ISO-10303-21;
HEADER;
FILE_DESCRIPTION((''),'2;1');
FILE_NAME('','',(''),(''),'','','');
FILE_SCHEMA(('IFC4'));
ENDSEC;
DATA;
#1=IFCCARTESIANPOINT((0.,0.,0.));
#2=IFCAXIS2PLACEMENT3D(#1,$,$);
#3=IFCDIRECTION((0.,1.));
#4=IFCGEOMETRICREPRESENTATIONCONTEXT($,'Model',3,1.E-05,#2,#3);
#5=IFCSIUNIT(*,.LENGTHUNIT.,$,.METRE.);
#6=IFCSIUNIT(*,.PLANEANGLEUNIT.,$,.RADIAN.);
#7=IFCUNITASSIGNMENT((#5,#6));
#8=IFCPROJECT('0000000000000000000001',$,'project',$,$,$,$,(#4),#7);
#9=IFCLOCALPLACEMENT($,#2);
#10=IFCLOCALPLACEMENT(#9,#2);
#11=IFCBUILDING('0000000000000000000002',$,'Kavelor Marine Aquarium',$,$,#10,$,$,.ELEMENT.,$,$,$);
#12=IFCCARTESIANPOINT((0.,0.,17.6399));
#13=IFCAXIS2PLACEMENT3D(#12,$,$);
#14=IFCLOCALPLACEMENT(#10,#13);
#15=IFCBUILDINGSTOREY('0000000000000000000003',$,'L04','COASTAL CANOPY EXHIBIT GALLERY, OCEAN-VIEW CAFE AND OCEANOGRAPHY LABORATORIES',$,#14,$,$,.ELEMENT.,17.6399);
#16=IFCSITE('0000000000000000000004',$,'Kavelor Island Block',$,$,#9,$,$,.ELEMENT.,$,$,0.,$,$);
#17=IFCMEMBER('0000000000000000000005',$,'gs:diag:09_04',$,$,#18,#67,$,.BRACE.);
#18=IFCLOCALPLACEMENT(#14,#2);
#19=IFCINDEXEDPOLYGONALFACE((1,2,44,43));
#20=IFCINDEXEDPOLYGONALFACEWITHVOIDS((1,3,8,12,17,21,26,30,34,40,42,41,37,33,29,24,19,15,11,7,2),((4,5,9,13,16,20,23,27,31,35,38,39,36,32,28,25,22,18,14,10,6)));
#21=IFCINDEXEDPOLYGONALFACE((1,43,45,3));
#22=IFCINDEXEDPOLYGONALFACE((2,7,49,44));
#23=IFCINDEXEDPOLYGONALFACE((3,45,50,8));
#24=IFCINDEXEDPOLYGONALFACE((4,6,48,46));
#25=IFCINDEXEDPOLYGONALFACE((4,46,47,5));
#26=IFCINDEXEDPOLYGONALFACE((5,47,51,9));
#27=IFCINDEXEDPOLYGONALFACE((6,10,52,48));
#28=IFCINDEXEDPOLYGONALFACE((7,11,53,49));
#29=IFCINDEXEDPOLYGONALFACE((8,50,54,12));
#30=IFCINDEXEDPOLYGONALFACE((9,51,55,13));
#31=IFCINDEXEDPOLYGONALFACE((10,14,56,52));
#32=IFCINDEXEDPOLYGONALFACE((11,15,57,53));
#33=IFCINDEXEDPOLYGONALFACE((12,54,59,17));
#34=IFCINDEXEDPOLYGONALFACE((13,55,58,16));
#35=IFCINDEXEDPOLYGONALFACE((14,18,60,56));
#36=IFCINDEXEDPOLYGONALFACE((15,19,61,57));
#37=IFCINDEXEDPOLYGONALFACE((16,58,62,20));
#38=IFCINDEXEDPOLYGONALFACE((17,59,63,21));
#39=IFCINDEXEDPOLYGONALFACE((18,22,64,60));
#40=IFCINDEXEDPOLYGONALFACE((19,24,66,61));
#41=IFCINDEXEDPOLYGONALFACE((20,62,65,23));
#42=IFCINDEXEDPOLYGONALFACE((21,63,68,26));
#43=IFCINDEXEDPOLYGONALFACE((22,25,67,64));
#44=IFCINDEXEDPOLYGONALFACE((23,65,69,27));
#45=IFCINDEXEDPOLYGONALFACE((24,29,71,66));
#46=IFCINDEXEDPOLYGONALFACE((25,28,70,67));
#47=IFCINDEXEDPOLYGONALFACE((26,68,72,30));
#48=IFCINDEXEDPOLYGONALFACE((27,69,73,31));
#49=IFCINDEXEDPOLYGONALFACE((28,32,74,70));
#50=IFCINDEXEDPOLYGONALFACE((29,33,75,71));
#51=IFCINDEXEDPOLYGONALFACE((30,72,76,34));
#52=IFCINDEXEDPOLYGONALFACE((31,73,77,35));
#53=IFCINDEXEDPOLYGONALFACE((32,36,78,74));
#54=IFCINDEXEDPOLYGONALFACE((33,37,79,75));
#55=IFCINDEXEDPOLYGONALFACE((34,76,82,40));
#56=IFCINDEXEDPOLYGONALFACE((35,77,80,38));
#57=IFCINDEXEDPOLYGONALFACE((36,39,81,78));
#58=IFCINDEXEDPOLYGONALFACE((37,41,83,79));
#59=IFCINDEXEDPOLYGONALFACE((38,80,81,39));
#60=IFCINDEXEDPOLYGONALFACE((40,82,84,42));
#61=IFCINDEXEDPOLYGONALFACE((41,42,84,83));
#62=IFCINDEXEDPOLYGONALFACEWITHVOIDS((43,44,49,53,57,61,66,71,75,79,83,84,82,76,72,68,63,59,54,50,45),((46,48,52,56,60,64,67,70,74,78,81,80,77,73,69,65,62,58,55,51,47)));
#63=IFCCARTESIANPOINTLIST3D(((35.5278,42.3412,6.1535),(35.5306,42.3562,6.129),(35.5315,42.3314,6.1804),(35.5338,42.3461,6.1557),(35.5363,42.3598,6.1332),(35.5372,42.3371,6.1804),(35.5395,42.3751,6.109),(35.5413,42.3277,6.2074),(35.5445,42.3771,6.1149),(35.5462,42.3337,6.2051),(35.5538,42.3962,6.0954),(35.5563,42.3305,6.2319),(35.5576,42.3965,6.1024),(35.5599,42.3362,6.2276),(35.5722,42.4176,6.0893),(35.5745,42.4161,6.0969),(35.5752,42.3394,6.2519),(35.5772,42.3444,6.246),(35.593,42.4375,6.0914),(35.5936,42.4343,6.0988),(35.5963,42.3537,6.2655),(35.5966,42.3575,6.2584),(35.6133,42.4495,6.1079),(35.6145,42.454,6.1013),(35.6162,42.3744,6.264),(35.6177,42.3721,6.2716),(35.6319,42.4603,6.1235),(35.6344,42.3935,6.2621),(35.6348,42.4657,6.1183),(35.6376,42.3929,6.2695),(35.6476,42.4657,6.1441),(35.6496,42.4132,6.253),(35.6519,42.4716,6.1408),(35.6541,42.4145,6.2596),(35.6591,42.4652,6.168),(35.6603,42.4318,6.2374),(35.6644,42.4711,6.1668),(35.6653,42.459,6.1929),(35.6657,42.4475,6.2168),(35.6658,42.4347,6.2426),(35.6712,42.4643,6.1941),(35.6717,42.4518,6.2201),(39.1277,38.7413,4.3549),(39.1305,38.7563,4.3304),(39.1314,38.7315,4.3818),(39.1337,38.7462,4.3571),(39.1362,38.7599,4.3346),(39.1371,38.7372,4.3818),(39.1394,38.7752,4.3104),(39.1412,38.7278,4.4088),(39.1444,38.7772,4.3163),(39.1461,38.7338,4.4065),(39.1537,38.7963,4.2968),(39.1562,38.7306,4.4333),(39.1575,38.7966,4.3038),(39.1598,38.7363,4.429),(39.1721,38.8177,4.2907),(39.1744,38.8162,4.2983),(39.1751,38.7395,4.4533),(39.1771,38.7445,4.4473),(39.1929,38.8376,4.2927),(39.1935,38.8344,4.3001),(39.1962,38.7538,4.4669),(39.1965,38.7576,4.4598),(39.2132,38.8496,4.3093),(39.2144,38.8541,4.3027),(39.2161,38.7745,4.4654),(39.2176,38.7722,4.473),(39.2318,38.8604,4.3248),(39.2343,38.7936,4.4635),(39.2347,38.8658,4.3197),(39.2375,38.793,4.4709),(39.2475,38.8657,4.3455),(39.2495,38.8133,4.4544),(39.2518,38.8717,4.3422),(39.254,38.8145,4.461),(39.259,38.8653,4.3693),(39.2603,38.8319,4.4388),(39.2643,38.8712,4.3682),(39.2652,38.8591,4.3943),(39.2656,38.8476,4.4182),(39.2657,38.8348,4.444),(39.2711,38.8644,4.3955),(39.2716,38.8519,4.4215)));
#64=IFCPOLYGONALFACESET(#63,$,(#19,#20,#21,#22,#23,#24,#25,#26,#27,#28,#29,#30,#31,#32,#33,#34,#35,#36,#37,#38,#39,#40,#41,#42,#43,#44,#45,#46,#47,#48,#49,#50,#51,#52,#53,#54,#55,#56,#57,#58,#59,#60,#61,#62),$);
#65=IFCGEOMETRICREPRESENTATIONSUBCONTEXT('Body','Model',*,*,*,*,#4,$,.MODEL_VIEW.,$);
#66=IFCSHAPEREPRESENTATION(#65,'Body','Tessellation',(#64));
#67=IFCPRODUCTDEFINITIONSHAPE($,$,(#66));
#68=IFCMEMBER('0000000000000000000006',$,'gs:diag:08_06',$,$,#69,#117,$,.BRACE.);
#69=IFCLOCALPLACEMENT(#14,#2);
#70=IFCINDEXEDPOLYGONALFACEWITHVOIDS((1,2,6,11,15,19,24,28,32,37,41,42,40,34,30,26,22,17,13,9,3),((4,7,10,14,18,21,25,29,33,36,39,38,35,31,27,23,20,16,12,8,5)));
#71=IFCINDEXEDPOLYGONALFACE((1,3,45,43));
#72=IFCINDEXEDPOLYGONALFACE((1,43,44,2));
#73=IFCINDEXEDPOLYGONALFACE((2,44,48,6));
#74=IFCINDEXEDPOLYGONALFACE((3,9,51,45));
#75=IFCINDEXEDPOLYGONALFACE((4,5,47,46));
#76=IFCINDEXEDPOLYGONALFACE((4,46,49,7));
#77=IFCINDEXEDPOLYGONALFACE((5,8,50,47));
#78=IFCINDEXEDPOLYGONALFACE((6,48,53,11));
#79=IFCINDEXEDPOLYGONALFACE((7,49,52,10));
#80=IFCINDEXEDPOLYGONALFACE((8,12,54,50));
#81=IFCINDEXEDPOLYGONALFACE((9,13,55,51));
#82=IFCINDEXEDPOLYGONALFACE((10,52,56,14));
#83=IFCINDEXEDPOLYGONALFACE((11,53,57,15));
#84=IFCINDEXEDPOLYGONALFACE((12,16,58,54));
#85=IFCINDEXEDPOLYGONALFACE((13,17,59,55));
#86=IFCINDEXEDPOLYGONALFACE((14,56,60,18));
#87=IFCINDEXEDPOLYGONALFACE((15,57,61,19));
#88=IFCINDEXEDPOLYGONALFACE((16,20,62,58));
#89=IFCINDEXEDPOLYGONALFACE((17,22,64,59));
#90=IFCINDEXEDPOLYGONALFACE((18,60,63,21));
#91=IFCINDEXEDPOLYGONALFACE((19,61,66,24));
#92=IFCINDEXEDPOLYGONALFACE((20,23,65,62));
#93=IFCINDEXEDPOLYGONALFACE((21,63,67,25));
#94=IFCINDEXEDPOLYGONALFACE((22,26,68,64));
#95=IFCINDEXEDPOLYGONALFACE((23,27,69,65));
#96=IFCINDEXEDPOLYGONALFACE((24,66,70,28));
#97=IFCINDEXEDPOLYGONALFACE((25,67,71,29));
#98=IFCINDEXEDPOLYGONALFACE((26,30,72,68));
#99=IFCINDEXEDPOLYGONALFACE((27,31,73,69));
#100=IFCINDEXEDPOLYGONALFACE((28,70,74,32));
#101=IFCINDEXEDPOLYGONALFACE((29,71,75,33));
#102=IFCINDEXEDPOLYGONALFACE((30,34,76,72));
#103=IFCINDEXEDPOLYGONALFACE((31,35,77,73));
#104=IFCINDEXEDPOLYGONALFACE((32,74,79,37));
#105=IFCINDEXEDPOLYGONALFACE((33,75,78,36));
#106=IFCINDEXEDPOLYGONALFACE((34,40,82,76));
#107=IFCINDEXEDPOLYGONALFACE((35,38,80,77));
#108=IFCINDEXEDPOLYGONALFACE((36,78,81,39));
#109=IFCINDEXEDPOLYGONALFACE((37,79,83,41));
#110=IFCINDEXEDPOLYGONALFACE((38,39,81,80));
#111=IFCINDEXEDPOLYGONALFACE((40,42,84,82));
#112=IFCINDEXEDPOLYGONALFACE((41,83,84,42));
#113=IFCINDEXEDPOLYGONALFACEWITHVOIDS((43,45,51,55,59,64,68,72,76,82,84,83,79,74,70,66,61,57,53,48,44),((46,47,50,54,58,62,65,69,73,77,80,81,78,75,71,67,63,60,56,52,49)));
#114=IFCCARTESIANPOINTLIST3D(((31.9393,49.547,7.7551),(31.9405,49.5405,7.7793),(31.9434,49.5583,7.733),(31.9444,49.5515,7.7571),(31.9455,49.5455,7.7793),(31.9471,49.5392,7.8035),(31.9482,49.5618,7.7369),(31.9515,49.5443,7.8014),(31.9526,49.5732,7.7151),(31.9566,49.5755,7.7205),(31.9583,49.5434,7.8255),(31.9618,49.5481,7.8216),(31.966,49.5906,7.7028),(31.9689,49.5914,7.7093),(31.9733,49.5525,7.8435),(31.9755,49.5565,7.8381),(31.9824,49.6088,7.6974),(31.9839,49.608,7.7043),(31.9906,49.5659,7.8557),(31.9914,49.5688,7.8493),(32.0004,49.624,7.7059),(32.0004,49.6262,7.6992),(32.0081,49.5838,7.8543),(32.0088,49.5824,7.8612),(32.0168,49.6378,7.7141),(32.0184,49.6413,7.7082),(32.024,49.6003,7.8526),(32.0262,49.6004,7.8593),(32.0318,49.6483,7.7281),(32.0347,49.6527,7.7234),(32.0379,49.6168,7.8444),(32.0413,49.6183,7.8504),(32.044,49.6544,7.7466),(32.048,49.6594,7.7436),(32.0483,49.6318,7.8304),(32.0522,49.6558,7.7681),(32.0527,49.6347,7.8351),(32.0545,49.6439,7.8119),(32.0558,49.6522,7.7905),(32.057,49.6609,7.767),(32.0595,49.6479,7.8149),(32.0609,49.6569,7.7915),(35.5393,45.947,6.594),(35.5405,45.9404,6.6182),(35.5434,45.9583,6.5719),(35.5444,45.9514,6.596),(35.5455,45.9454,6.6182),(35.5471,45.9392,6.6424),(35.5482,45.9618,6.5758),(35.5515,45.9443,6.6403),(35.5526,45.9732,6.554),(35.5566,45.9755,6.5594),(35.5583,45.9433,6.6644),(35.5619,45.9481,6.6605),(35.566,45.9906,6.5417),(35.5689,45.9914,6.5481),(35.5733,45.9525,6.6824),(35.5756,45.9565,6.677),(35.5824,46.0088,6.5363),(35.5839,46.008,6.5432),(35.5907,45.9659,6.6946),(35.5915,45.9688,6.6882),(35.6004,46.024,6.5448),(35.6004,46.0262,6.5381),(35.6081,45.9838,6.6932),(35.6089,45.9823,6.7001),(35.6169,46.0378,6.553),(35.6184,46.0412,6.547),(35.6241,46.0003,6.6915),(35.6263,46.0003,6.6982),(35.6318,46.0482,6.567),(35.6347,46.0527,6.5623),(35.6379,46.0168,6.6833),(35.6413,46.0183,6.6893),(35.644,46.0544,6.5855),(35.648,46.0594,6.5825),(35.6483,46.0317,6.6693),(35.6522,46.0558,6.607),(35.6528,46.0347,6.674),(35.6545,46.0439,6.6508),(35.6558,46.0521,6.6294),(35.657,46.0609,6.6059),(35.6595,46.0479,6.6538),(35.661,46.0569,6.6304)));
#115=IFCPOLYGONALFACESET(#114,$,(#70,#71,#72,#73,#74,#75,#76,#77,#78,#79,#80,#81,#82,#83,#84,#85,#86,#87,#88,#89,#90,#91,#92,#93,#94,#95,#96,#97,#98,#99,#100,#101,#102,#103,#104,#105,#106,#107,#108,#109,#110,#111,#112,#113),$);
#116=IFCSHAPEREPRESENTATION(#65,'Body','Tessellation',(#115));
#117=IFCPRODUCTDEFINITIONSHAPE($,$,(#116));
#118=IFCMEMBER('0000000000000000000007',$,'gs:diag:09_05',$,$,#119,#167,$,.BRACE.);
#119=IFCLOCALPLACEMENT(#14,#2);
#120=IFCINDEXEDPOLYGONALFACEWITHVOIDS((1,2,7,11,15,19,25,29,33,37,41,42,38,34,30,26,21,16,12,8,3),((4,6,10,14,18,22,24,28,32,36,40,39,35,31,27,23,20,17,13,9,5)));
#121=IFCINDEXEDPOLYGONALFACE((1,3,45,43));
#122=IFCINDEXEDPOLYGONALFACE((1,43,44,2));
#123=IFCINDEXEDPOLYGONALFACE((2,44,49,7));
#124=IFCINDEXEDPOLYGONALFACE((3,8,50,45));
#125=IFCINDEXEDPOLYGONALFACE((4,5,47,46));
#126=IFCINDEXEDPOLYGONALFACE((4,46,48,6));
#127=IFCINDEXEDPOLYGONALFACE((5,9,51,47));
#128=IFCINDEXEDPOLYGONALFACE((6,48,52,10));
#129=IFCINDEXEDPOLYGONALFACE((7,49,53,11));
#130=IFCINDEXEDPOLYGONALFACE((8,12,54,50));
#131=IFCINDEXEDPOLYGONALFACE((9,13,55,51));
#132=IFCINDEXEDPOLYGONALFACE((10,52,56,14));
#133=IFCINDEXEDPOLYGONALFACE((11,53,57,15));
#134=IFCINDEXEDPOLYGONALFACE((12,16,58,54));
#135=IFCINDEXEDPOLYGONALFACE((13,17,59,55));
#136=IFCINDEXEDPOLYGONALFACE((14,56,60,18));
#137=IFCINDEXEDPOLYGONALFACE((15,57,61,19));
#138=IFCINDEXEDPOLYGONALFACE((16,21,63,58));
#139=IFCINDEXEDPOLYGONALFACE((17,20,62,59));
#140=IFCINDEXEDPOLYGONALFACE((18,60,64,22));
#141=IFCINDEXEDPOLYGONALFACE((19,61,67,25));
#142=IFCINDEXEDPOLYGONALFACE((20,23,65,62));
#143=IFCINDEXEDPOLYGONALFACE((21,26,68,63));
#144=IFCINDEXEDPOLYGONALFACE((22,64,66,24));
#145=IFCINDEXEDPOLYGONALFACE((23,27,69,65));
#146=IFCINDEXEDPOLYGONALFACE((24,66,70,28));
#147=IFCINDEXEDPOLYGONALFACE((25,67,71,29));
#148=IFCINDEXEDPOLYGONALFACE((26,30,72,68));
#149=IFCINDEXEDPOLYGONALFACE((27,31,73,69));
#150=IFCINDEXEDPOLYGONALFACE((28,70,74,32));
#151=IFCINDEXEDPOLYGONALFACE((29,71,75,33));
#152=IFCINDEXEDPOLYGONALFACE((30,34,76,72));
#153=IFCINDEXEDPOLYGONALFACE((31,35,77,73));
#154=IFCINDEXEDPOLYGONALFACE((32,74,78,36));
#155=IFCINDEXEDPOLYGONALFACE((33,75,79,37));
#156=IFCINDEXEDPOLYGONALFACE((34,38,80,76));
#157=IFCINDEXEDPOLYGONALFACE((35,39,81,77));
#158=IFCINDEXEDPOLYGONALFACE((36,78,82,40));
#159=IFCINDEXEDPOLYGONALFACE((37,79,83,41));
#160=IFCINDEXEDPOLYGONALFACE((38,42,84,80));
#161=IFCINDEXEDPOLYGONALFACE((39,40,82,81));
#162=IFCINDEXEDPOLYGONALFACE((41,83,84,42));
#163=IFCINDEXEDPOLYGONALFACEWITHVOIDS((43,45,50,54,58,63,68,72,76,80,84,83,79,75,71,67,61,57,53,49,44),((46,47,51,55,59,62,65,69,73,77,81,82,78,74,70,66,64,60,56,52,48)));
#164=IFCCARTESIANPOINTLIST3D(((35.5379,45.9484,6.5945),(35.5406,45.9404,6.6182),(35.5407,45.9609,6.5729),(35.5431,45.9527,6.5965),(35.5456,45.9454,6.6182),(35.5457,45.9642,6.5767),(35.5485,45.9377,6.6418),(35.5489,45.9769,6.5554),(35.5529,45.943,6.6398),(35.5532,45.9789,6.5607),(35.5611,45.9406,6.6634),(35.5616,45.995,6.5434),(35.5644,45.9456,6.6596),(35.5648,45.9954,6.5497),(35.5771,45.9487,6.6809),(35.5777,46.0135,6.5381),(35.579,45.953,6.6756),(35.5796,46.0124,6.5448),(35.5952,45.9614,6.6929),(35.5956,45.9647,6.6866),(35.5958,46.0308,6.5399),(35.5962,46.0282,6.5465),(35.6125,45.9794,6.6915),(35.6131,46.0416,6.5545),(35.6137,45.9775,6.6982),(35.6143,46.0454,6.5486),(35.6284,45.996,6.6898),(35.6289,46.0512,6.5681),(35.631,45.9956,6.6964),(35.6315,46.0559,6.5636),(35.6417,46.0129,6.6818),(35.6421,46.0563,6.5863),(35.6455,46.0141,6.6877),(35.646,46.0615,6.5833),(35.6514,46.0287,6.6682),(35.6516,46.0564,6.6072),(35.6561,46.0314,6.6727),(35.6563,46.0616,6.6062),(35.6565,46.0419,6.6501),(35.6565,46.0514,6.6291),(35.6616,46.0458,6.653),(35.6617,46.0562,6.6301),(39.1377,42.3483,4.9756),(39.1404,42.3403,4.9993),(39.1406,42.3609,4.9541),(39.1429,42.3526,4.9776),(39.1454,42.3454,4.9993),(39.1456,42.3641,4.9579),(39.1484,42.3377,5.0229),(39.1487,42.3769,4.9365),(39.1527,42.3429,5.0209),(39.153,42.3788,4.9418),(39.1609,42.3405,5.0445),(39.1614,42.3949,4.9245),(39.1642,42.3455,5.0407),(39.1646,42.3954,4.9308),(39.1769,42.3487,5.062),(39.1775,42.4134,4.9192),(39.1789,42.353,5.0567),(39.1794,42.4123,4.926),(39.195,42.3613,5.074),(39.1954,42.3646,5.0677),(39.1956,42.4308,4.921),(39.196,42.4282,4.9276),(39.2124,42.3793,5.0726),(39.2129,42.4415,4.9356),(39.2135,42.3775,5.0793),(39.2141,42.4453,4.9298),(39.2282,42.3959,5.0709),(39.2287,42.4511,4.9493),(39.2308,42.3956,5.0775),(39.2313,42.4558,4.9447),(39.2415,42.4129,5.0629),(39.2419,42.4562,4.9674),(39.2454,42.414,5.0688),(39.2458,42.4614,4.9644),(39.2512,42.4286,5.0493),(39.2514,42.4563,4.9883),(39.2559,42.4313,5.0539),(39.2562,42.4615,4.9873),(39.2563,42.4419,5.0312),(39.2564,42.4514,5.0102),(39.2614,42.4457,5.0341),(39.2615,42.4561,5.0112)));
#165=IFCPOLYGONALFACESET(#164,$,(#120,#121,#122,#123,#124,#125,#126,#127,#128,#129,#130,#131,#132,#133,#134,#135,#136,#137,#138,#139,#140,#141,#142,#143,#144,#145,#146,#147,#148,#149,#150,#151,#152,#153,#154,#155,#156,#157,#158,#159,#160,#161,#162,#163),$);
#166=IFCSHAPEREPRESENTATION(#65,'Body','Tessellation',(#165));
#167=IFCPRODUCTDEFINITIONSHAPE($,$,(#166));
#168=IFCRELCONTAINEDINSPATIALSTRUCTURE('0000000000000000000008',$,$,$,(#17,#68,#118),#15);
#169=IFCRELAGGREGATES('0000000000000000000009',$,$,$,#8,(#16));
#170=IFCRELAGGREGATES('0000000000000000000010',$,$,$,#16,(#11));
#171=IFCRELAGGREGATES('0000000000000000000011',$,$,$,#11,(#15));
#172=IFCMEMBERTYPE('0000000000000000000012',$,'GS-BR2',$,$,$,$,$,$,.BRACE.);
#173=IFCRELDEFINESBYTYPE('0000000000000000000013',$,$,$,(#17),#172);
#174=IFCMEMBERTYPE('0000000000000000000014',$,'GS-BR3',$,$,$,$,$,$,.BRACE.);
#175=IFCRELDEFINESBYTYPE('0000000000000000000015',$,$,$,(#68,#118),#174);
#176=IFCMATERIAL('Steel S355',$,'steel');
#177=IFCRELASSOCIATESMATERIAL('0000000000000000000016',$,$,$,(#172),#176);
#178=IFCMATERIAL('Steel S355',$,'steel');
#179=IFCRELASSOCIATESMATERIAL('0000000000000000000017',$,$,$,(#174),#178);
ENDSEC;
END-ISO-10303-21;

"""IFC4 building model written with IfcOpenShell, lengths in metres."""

from ifc_helpers import new_model, si_unit, direction, frame, origin, origin_2d, place, context, subcontext, project, spatial, hollow_circle, extrude, material, material_profile, profile_set, type_object, element, save


model = new_model("IFC4")

# Units and contexts
model_context = context("Model", 3, precision=1e-05, world=origin(), true_north=direction((0.0, 1.0)))
body_context = subcontext(model_context, "Body", "Model", "MODEL_VIEW")
ifc_project = project(units=[si_unit("LENGTHUNIT", "METRE"), si_unit("PLANEANGLEUNIT", "RADIAN")], contexts=[model_context])

# Site, building, storey
site_placement = place(None, origin())
site = spatial("IfcSite", under=ifc_project, at=site_placement, Name="Kavelor Island Block", CompositionType="ELEMENT", RefElevation=0.0)
building_placement = place(site_placement, origin())
building = spatial("IfcBuilding", under=site, at=building_placement, Name="Kavelor Marine Aquarium", CompositionType="ELEMENT")
storey_placement = place(building_placement, frame((0.0, 0.0, 17.6399)))
storey = spatial("IfcBuildingStorey", under=building, at=storey_placement, Name="L04", Description="COASTAL CANOPY EXHIBIT GALLERY, OCEAN-VIEW CAFE AND OCEANOGRAPHY LABORATORIES", CompositionType="ELEMENT", Elevation=17.6399)

# Members
ifc_material_1 = material(Name="Steel S355", Category="steel")
ifc_material_profile_1 = material_profile(ifc_material_1, hollow_circle(Radius=0.0969, WallThickness=0.0081, at=origin_2d()), Name="CHS 193.7x8.0")
ifc_profile_set_1 = profile_set([ifc_material_profile_1], Name="Steel S355")
member_type_1 = type_object("IfcMemberType", Name="GS-BR2", PredefinedType="BRACE", material=ifc_profile_set_1)
member_1_placement = place(storey_placement, frame((39.2, 38.8, 4.3818), z_axis=(-0.666722, 0.666722, 0.333112), x_axis=(-0.707107, -0.707107, 0.0)))
element("IfcMember", 1, at=member_1_placement, inside=storey, type_object=member_type_1, Name="gs:diag:09_04", PredefinedType="BRACE", context=body_context, shape_type="SweptSolid", body=[
    extrude(hollow_circle(Radius=0.0969, WallThickness=0.0081, at=origin_2d()), origin(), (0.0, 0.0, 1.0), 5.3994),
])
ifc_material_2 = material(Name="Steel S355", Category="steel")
ifc_material_profile_2 = material_profile(ifc_material_2, hollow_circle(Radius=0.0842, WallThickness=0.0071, at=origin_2d()), Name="CHS 168.3x7.1")
ifc_profile_set_2 = profile_set([ifc_material_profile_2], Name="Steel S355")
member_type_2 = type_object("IfcMemberType", Name="GS-BR3", PredefinedType="BRACE", material=ifc_profile_set_2)
member_2_placement = place(storey_placement, frame((35.6001, 46.0, 6.6182), z_axis=(-0.689405, 0.689405, 0.222353), x_axis=(-0.707107, -0.707107, 0.0)))
element("IfcMember", 2, at=member_2_placement, inside=storey, type_object=member_type_2, Name="gs:diag:08_06", PredefinedType="BRACE", context=body_context, shape_type="SweptSolid", body=[
    extrude(hollow_circle(Radius=0.0842, WallThickness=0.0071, at=origin_2d()), origin(), (0.0, 0.0, 1.0), 5.2219),
])
member_3_placement = place(storey_placement, frame((39.2, 42.3999, 4.9993), z_axis=(-0.673836, 0.673882, 0.303032), x_axis=(-0.707131, -0.707083, 0.0)))
element("IfcMember", 3, at=member_3_placement, inside=storey, type_object=member_type_2, Name="gs:diag:09_05", PredefinedType="BRACE", context=body_context, shape_type="SweptSolid", body=[
    extrude(hollow_circle(Radius=0.0842, WallThickness=0.0071, at=origin_2d()), origin(), (0.0, 0.0, 1.0), 5.3423),
])

save(model, "model.ifc")
